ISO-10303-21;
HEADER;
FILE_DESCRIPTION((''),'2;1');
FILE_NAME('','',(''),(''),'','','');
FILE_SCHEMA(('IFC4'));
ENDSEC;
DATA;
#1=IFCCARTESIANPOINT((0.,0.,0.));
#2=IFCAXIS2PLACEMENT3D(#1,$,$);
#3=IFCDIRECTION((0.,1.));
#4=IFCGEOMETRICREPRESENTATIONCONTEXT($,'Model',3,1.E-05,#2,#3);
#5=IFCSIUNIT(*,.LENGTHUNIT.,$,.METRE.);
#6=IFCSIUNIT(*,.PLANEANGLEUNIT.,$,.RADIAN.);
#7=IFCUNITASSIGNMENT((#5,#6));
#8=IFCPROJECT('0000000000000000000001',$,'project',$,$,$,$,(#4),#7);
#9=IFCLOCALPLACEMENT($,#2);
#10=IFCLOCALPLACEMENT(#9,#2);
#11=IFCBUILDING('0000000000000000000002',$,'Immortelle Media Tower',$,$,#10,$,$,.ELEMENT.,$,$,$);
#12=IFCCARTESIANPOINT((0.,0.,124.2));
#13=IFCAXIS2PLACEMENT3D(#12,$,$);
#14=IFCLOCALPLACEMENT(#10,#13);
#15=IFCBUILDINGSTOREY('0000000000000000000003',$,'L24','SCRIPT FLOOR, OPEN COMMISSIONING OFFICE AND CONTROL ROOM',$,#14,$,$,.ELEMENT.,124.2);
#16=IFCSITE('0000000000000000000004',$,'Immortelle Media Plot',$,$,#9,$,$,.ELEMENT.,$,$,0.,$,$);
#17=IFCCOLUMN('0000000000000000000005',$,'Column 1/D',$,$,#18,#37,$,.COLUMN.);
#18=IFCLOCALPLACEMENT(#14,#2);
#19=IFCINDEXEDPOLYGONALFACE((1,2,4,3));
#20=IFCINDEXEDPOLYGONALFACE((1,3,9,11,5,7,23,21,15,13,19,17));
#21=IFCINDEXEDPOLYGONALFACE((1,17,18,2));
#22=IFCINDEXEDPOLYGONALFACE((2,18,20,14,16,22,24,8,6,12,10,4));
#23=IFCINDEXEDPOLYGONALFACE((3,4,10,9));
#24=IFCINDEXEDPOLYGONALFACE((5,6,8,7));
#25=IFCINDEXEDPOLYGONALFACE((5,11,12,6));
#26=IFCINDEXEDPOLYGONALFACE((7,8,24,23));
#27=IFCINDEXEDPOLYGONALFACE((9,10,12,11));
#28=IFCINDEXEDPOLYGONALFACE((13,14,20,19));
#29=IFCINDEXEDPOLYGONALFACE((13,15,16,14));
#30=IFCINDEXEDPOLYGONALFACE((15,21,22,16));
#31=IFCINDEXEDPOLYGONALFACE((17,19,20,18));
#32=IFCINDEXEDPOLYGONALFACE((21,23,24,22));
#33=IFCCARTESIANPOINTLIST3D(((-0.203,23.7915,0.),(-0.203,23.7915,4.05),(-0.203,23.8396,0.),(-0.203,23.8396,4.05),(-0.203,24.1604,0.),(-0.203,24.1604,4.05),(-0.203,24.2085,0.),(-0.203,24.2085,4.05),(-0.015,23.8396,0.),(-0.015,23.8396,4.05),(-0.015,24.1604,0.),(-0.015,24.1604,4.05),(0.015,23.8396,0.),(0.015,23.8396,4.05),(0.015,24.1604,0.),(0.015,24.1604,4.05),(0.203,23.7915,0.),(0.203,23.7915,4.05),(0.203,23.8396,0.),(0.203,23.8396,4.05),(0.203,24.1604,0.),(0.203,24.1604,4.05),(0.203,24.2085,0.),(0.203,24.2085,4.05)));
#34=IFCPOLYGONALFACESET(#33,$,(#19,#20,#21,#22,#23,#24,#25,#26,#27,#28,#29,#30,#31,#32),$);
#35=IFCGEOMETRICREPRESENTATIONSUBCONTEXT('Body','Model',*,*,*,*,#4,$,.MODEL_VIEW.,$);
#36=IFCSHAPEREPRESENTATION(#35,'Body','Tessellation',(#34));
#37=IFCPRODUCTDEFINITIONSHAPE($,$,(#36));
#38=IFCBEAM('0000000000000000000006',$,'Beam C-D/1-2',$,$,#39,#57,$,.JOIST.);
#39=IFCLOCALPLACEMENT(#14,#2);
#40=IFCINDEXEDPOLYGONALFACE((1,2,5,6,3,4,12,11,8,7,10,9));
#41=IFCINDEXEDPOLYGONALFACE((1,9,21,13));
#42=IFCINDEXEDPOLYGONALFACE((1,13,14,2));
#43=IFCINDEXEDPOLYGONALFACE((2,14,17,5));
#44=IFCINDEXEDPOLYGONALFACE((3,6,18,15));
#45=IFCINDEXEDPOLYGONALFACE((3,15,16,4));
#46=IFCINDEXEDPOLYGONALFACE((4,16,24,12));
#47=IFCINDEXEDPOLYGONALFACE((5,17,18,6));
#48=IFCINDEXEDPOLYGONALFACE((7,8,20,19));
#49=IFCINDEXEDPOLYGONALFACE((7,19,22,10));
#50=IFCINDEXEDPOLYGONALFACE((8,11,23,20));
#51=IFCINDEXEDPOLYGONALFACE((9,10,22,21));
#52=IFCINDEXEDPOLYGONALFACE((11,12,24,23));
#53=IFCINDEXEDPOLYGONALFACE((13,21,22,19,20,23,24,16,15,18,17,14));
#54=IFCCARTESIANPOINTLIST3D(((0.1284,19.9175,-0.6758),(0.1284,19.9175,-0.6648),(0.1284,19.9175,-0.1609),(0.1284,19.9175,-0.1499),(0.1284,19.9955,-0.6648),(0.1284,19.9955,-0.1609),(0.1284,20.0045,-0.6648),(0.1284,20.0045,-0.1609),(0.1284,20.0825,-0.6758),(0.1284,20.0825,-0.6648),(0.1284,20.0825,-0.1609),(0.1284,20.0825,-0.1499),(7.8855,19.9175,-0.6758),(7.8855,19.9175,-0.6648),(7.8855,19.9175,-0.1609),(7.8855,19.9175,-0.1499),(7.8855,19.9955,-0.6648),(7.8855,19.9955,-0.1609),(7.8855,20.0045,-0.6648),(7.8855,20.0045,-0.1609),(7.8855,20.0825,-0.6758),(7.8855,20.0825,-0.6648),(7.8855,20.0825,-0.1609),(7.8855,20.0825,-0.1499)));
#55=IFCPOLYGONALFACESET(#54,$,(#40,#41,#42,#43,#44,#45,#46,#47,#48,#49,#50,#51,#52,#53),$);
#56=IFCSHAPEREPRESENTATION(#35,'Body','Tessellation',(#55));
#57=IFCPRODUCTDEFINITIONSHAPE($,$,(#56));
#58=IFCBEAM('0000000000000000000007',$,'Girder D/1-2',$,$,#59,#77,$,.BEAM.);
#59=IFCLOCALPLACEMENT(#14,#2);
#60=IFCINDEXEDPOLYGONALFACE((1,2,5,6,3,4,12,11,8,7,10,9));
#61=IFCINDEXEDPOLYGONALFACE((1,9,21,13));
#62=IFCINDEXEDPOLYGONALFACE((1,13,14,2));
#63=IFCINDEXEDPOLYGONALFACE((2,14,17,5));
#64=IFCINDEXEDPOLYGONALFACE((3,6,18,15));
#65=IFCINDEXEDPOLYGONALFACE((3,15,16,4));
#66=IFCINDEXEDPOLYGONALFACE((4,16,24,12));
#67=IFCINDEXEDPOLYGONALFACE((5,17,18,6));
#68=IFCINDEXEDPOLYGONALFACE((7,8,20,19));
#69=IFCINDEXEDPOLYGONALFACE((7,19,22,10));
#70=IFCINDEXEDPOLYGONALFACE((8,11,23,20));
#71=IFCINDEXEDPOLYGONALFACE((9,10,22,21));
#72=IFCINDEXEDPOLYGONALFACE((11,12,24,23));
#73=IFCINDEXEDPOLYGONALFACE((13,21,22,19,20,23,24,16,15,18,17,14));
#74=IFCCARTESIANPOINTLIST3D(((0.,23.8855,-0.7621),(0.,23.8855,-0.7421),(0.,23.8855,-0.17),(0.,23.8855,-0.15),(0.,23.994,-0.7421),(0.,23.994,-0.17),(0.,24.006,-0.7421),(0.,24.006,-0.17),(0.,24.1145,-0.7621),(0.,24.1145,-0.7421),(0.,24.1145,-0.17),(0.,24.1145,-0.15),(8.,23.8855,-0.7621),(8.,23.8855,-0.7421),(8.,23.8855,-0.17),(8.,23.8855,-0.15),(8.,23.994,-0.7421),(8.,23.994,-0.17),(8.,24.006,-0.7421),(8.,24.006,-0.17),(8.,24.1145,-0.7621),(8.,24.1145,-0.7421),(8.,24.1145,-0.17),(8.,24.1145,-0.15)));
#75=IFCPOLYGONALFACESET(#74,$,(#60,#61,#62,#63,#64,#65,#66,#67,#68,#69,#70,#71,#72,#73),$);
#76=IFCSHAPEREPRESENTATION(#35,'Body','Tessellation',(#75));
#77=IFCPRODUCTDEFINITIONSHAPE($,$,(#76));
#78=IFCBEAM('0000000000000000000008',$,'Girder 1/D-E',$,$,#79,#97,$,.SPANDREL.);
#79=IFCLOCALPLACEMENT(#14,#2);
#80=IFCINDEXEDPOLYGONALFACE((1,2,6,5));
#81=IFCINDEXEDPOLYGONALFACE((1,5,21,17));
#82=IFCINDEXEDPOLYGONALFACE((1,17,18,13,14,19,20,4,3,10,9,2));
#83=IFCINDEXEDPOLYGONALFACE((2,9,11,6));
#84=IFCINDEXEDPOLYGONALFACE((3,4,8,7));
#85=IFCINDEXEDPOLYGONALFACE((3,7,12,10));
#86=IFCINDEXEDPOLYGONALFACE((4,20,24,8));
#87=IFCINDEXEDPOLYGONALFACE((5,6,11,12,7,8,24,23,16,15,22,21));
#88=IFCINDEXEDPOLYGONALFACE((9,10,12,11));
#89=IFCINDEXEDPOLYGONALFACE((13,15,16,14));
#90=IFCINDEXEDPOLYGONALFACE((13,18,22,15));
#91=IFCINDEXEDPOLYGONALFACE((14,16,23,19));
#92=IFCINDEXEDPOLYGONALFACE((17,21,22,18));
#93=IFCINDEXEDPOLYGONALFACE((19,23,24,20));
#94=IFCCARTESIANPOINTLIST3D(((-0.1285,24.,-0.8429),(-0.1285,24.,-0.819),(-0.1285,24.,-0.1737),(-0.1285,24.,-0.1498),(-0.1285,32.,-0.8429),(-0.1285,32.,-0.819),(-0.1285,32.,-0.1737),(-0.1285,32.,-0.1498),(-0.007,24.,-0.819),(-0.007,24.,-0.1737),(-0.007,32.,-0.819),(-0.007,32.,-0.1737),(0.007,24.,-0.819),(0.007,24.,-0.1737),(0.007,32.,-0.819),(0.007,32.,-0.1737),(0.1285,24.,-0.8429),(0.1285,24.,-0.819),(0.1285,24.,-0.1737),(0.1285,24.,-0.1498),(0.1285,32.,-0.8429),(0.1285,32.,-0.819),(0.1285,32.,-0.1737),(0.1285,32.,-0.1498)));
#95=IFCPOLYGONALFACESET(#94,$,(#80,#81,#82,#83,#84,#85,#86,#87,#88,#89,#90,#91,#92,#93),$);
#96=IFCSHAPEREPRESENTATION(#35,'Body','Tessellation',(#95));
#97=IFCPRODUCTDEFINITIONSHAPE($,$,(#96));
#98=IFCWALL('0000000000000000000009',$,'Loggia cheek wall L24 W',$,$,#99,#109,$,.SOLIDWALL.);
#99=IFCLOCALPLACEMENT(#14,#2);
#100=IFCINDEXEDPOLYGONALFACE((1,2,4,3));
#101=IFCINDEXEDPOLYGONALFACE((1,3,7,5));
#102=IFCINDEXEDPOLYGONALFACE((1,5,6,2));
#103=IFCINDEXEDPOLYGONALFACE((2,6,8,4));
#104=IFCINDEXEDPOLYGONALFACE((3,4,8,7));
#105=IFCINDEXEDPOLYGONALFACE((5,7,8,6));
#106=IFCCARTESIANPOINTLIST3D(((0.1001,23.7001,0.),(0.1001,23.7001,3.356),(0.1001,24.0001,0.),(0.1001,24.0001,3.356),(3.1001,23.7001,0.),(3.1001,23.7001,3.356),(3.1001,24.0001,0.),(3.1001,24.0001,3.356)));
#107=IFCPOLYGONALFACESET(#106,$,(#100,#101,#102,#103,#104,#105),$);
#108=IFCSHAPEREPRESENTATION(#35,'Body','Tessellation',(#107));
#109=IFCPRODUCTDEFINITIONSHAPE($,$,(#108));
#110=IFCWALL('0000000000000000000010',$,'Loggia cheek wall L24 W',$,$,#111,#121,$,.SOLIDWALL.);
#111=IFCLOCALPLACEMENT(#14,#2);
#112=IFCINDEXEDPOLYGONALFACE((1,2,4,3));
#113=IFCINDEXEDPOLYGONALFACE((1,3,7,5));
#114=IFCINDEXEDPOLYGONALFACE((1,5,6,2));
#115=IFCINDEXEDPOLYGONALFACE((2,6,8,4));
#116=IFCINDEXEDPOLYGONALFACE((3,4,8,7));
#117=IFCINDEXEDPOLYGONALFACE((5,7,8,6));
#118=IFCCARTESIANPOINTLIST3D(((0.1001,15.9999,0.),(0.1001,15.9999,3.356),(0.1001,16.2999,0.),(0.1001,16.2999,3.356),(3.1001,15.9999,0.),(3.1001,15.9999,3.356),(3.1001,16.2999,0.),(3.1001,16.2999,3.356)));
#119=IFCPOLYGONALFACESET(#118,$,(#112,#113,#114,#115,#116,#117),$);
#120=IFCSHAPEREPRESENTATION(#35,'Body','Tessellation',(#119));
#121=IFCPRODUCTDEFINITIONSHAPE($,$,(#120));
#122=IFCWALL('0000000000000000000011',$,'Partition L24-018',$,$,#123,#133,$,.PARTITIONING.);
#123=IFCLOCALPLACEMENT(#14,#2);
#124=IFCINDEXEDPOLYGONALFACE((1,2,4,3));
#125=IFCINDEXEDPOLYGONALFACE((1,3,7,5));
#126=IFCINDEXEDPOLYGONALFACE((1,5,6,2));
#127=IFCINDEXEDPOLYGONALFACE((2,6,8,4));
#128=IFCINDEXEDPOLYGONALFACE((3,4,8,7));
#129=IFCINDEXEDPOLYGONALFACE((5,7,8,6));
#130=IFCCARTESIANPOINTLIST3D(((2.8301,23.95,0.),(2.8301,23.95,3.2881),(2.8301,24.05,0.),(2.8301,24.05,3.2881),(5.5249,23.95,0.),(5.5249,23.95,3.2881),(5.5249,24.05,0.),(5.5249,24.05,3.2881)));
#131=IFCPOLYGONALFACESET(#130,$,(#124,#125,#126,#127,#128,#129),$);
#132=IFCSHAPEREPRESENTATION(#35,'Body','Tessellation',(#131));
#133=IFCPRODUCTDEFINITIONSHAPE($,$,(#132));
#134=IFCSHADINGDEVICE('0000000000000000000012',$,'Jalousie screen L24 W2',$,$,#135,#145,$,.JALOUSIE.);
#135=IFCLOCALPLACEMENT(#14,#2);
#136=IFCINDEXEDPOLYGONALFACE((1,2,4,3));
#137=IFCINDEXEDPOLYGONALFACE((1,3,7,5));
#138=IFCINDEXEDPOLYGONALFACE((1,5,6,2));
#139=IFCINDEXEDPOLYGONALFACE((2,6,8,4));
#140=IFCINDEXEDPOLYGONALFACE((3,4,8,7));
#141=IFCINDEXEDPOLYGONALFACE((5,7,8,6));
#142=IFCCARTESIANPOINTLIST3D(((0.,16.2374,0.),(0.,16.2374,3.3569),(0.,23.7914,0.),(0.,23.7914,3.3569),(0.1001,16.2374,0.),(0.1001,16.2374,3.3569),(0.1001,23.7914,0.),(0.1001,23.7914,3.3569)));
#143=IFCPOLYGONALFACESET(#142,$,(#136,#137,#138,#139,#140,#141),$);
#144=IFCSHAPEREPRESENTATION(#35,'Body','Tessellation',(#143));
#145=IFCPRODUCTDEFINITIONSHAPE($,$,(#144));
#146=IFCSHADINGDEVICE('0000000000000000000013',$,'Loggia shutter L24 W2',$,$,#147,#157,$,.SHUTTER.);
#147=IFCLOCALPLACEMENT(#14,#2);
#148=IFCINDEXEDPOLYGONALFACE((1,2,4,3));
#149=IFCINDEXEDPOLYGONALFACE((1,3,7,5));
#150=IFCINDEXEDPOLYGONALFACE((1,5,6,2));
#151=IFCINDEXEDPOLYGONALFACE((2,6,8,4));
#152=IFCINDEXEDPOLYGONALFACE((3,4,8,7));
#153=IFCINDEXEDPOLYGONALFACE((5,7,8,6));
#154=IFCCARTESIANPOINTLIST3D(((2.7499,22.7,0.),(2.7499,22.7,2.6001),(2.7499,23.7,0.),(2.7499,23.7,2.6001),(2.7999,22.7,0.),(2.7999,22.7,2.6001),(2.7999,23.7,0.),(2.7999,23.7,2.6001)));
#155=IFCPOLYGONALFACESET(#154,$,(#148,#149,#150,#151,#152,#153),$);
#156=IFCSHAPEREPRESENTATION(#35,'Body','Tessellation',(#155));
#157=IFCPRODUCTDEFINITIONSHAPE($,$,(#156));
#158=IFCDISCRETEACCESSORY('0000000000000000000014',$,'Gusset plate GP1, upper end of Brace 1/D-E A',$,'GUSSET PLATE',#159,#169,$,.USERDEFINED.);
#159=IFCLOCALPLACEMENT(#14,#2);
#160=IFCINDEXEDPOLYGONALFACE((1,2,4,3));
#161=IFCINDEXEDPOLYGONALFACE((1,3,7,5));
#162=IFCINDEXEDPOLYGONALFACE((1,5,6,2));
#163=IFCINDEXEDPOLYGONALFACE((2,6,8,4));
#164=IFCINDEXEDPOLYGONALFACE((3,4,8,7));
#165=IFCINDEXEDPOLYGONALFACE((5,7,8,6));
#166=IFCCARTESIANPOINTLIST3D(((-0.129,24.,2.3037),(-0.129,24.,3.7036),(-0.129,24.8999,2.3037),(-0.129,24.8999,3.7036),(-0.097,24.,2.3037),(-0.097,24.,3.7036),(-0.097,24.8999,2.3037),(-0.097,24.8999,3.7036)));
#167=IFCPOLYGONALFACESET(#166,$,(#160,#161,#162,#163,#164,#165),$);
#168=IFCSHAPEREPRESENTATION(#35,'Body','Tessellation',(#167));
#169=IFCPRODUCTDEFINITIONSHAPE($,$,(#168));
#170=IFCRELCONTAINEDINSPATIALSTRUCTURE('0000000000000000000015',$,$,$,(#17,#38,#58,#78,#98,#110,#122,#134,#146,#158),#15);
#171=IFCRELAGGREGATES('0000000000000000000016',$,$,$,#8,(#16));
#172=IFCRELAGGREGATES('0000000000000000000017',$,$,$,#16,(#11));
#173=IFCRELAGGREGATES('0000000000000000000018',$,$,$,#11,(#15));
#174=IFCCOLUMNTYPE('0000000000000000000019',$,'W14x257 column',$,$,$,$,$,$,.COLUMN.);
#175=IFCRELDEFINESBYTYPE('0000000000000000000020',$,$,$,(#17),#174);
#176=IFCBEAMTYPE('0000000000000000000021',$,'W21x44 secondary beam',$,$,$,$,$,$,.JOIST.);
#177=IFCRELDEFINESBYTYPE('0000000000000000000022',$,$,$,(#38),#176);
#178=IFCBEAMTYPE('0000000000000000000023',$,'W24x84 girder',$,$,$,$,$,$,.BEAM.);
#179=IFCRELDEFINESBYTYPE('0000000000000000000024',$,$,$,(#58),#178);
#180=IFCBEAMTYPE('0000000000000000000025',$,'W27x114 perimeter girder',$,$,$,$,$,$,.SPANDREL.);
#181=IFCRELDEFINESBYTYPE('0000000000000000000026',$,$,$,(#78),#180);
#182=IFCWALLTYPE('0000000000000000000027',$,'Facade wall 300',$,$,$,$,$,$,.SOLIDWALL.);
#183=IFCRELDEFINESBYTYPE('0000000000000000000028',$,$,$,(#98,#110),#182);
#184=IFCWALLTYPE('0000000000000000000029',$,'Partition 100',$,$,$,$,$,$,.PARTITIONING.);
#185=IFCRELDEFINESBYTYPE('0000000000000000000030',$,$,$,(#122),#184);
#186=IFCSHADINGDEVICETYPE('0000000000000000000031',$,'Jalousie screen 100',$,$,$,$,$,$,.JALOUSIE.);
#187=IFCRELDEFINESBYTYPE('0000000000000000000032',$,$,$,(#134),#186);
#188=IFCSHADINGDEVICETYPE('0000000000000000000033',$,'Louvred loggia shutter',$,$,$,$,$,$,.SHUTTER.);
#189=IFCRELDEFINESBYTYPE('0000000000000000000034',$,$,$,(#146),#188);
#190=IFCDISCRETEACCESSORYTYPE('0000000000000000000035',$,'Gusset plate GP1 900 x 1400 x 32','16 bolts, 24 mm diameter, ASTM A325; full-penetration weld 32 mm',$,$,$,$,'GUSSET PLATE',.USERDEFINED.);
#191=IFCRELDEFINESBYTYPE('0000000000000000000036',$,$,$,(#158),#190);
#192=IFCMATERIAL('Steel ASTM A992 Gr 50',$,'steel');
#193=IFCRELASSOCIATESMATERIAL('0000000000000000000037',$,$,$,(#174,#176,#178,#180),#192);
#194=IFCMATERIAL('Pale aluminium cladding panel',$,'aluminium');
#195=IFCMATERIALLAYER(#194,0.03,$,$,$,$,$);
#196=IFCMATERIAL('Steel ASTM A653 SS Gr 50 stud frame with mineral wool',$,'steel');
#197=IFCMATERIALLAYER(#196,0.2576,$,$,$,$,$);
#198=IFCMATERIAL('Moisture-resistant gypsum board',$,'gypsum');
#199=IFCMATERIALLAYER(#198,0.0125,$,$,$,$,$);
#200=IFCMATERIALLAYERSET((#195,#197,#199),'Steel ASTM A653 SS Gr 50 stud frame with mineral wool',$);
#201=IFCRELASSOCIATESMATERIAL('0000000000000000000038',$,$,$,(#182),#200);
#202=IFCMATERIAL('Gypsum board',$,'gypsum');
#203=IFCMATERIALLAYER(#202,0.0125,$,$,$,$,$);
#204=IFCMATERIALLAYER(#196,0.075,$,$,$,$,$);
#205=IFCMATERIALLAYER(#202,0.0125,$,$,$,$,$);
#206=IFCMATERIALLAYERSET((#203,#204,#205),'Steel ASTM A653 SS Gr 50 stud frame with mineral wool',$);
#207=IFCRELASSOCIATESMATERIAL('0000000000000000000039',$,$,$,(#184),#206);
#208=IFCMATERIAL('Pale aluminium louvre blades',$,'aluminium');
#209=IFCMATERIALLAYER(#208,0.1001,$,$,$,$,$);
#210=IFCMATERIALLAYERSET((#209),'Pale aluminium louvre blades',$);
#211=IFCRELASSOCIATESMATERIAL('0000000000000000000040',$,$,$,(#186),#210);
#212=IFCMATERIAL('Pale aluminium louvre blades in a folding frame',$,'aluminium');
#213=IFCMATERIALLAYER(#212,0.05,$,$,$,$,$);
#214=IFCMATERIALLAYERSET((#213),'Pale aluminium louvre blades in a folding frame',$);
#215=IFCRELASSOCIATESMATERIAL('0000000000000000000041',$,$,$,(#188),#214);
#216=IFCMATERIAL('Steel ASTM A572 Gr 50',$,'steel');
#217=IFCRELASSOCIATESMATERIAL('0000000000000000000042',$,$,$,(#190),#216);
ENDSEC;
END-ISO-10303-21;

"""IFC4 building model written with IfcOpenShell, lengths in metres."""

from ifc_helpers import new_model, si_unit, direction, frame, frame_2d, origin, origin_2d, place, context, subcontext, project, spatial, rectangle, i_section, extrude, material, layer, layer_set, material_profile, profile_set, type_object, element, save


model = new_model("IFC4")

# Units and contexts
model_context = context("Model", 3, precision=1e-05, world=origin(), true_north=direction((0.0, 1.0)))
body_context = subcontext(model_context, "Body", "Model", "MODEL_VIEW")
ifc_project = project(units=[si_unit("LENGTHUNIT", "METRE"), si_unit("PLANEANGLEUNIT", "RADIAN")], contexts=[model_context])

# Site, building, storey
site_placement = place(None, origin())
site = spatial("IfcSite", under=ifc_project, at=site_placement, Name="Immortelle Media Plot", CompositionType="ELEMENT", RefElevation=0.0)
building_placement = place(site_placement, origin())
building = spatial("IfcBuilding", under=site, at=building_placement, Name="Immortelle Media Tower", CompositionType="ELEMENT")
storey_placement = place(building_placement, frame((0.0, 0.0, 124.2)))
storey = spatial("IfcBuildingStorey", under=building, at=storey_placement, Name="L24", Description="SCRIPT FLOOR, OPEN COMMISSIONING OFFICE AND CONTROL ROOM", CompositionType="ELEMENT", Elevation=124.2)

# Column
ifc_material_1 = material(Name="Steel ASTM A992 Gr 50", Category="steel")
ifc_material_profile_1 = material_profile(ifc_material_1, i_section(OverallWidth=0.406, OverallDepth=0.417, WebThickness=0.03, FlangeThickness=0.0481, at=origin_2d()), Name="W14x257")
ifc_profile_set_1 = profile_set([ifc_material_profile_1], Name="Steel ASTM A992 Gr 50")
column_type = type_object("IfcColumnType", Name="W14x257 column", PredefinedType="COLUMN", material=ifc_profile_set_1)
column_placement = place(storey_placement, frame((0.0, 24.0, 0.0), z_axis=(0.0, 0.0, 1.0), x_axis=(1.0, 0.0, 0.0)))
element("IfcColumn", 1, at=column_placement, inside=storey, type_object=column_type, Name="Column 1/D", PredefinedType="COLUMN", context=body_context, shape_type="SweptSolid", body=[
    extrude(i_section(OverallWidth=0.406, OverallDepth=0.417, WebThickness=0.03, FlangeThickness=0.0481, at=origin_2d()), origin(), (0.0, 0.0, 1.0), 4.05),
])

# Beams
ifc_material_profile_2 = material_profile(ifc_material_1, i_section(OverallWidth=0.165, OverallDepth=0.5259, WebThickness=0.009, FlangeThickness=0.011, at=origin_2d()), Name="W21x44")
ifc_profile_set_2 = profile_set([ifc_material_profile_2], Name="Steel ASTM A992 Gr 50")
beam_type_1 = type_object("IfcBeamType", Name="W21x44 secondary beam", PredefinedType="JOIST", material=ifc_profile_set_2)
beam_1_placement = place(storey_placement, frame((0.1284, 20.0, -0.4128), z_axis=(1.0, 0.0, 0.0), x_axis=(0.0, 1.0, 0.0)))
element("IfcBeam", 2, at=beam_1_placement, inside=storey, type_object=beam_type_1, Name="Beam C-D/1-2", PredefinedType="JOIST", context=body_context, shape_type="SweptSolid", body=[
    extrude(i_section(OverallWidth=0.165, OverallDepth=0.5259, WebThickness=0.009, FlangeThickness=0.011, at=origin_2d()), origin(), (0.0, 0.0, 1.0), 7.7571),
])
ifc_material_profile_3 = material_profile(ifc_material_1, i_section(OverallWidth=0.229, OverallDepth=0.6121, WebThickness=0.012, FlangeThickness=0.02, at=origin_2d()), Name="W24x84")
ifc_profile_set_3 = profile_set([ifc_material_profile_3], Name="Steel ASTM A992 Gr 50")
beam_type_2 = type_object("IfcBeamType", Name="W24x84 girder", PredefinedType="BEAM", material=ifc_profile_set_3)
beam_2_placement = place(storey_placement, frame((0.0, 24.0, -0.4561), z_axis=(1.0, 0.0, 0.0), x_axis=(0.0, 1.0, 0.0)))
element("IfcBeam", 3, at=beam_2_placement, inside=storey, type_object=beam_type_2, Name="Girder D/1-2", PredefinedType="BEAM", context=body_context, shape_type="SweptSolid", body=[
    extrude(i_section(OverallWidth=0.229, OverallDepth=0.6121, WebThickness=0.012, FlangeThickness=0.02, at=origin_2d()), origin(), (0.0, 0.0, 1.0), 8.0),
])
ifc_material_profile_4 = material_profile(ifc_material_1, i_section(OverallWidth=0.2571, OverallDepth=0.6931, WebThickness=0.0139, FlangeThickness=0.0239, at=origin_2d()), Name="W27x114")
ifc_profile_set_4 = profile_set([ifc_material_profile_4], Name="Steel ASTM A992 Gr 50")
beam_type_3 = type_object("IfcBeamType", Name="W27x114 perimeter girder", PredefinedType="SPANDREL", material=ifc_profile_set_4)
beam_3_placement = place(storey_placement, frame((0.0, 24.0, -0.4963), z_axis=(0.0, 1.0, 0.0), x_axis=(-1.0, 0.0, 0.0)))
element("IfcBeam", 4, at=beam_3_placement, inside=storey, type_object=beam_type_3, Name="Girder 1/D-E", PredefinedType="SPANDREL", context=body_context, shape_type="SweptSolid", body=[
    extrude(i_section(OverallWidth=0.2571, OverallDepth=0.6931, WebThickness=0.0139, FlangeThickness=0.0239, at=origin_2d()), origin(), (0.0, 0.0, 1.0), 8.0),
])

# Shared definitions
ifc_material_2 = material(Name="Pale aluminium cladding panel", Category="aluminium")
ifc_layer_1 = layer(ifc_material_2, 0.03)
ifc_material_3 = material(Name="Steel ASTM A653 SS Gr 50 stud frame with mineral wool", Category="steel")
ifc_layer_2 = layer(ifc_material_3, 0.2576)
ifc_material_4 = material(Name="Moisture-resistant gypsum board", Category="gypsum")
ifc_layer_3 = layer(ifc_material_4, 0.0125)
ifc_layer_set_1 = layer_set([ifc_layer_1, ifc_layer_2, ifc_layer_3], Name="Steel ASTM A653 SS Gr 50 stud frame with mineral wool")
wall_type_1 = type_object("IfcWallType", Name="Facade wall 300", PredefinedType="SOLIDWALL", material=ifc_layer_set_1)

# Walls
for number, where, z_axis, x_axis, name in (
    (5, (0.1001, 23.8501, 0.0), (0.0, 0.0, 1.0), (1.0, 0.0, 0.0), "Loggia cheek wall L24 W"),
    (6, (0.1001, 16.1499, 0.0), (0.0, 0.0, 1.0), (1.0, 0.0, 0.0), "Loggia cheek wall L24 W"),
):
    element("IfcWall", number, at=place(storey_placement, frame(where, z_axis=z_axis, x_axis=x_axis)), inside=storey, type_object=wall_type_1, Name=name, PredefinedType="SOLIDWALL", context=body_context, shape_type="SweptSolid", body=[
        extrude(rectangle(XDim=3.0, YDim=0.3, at=frame_2d((1.5, 0.0))), origin(), (0.0, 0.0, 1.0), 3.356),
    ])
ifc_material_5 = material(Name="Gypsum board", Category="gypsum")
ifc_layer_4 = layer(ifc_material_5, 0.0125)
ifc_layer_5 = layer(ifc_material_3, 0.075)
ifc_layer_6 = layer(ifc_material_5, 0.0125)
ifc_layer_set_2 = layer_set([ifc_layer_4, ifc_layer_5, ifc_layer_6], Name="Steel ASTM A653 SS Gr 50 stud frame with mineral wool")
wall_type_2 = type_object("IfcWallType", Name="Partition 100", PredefinedType="PARTITIONING", material=ifc_layer_set_2)
wall_1_placement = place(storey_placement, frame((2.8301, 24.0, 0.0), z_axis=(0.0, 0.0, 1.0), x_axis=(1.0, 0.0, 0.0)))
element("IfcWall", 7, at=wall_1_placement, inside=storey, type_object=wall_type_2, Name="Partition L24-018", PredefinedType="PARTITIONING", context=body_context, shape_type="SweptSolid", body=[
    extrude(rectangle(XDim=2.6948, YDim=0.1001, at=frame_2d((1.3474, 0.0))), origin(), (0.0, 0.0, 1.0), 3.2881),
])

# Shading devices
ifc_material_6 = material(Name="Pale aluminium louvre blades", Category="aluminium")
ifc_layer_7 = layer(ifc_material_6, 0.1001)
ifc_layer_set_3 = layer_set([ifc_layer_7], Name="Pale aluminium louvre blades")
shading_device_type_1 = type_object("IfcShadingDeviceType", Name="Jalousie screen 100", PredefinedType="JALOUSIE", material=ifc_layer_set_3)
shading_device_1_placement = place(storey_placement, frame((0.05, 20.0144, 0.0), z_axis=(0.0, 0.0, 1.0), x_axis=(0.0, -1.0, 0.0)))
element("IfcShadingDevice", 8, at=shading_device_1_placement, inside=storey, type_object=shading_device_type_1, Name="Jalousie screen L24 W2", PredefinedType="JALOUSIE", context=body_context, shape_type="SweptSolid", body=[
    extrude(rectangle(XDim=7.554, YDim=0.1001, at=origin_2d()), origin(), (0.0, 0.0, 1.0), 3.3569),
])
ifc_material_7 = material(Name="Pale aluminium louvre blades in a folding frame", Category="aluminium")
ifc_layer_8 = layer(ifc_material_7, 0.05)
ifc_layer_set_4 = layer_set([ifc_layer_8], Name="Pale aluminium louvre blades in a folding frame")
shading_device_type_2 = type_object("IfcShadingDeviceType", Name="Louvred loggia shutter", PredefinedType="SHUTTER", material=ifc_layer_set_4)
shading_device_2_placement = place(storey_placement, frame((2.7749, 23.2, 0.0), z_axis=(0.0, 0.0, 1.0), x_axis=(0.0, -1.0, 0.0)))
element("IfcShadingDevice", 9, at=shading_device_2_placement, inside=storey, type_object=shading_device_type_2, Name="Loggia shutter L24 W2", PredefinedType="SHUTTER", context=body_context, shape_type="SweptSolid", body=[
    extrude(rectangle(XDim=1.0, YDim=0.05, at=origin_2d()), origin(), (0.0, 0.0, 1.0), 2.6001),
])

# Discrete accessory
ifc_material_8 = material(Name="Steel ASTM A572 Gr 50", Category="steel")
ifc_material_profile_5 = material_profile(ifc_material_8, rectangle(XDim=0.032, YDim=1.3999, at=origin_2d()), Name="PL 32 x 1400")
ifc_profile_set_5 = profile_set([ifc_material_profile_5], Name="Steel ASTM A572 Gr 50")
discrete_accessory_type = type_object("IfcDiscreteAccessoryType", Name="Gusset plate GP1 900 x 1400 x 32", Description="16 bolts, 24 mm diameter, ASTM A325; full-penetration weld 32 mm", ElementType="GUSSET PLATE", PredefinedType="USERDEFINED", material=ifc_profile_set_5)
for number, where, z_axis, x_axis, name in (
    (10, (-0.113, 24.0, 3.0037), (0.0, 1.0, 0.0), (-1.0, 0.0, 0.0), "Gusset plate GP1, upper end of Brace 1/D-E A"),
):
    element("IfcDiscreteAccessory", number, at=place(storey_placement, frame(where, z_axis=z_axis, x_axis=x_axis)), inside=storey, type_object=discrete_accessory_type, Name=name, ObjectType="GUSSET PLATE", PredefinedType="USERDEFINED", context=body_context, shape_type="SweptSolid", body=[
        extrude(rectangle(XDim=0.032, YDim=1.3999, at=origin_2d()), origin(), (0.0, 0.0, 1.0), 0.8999),
    ])

save(model, "model.ifc")
